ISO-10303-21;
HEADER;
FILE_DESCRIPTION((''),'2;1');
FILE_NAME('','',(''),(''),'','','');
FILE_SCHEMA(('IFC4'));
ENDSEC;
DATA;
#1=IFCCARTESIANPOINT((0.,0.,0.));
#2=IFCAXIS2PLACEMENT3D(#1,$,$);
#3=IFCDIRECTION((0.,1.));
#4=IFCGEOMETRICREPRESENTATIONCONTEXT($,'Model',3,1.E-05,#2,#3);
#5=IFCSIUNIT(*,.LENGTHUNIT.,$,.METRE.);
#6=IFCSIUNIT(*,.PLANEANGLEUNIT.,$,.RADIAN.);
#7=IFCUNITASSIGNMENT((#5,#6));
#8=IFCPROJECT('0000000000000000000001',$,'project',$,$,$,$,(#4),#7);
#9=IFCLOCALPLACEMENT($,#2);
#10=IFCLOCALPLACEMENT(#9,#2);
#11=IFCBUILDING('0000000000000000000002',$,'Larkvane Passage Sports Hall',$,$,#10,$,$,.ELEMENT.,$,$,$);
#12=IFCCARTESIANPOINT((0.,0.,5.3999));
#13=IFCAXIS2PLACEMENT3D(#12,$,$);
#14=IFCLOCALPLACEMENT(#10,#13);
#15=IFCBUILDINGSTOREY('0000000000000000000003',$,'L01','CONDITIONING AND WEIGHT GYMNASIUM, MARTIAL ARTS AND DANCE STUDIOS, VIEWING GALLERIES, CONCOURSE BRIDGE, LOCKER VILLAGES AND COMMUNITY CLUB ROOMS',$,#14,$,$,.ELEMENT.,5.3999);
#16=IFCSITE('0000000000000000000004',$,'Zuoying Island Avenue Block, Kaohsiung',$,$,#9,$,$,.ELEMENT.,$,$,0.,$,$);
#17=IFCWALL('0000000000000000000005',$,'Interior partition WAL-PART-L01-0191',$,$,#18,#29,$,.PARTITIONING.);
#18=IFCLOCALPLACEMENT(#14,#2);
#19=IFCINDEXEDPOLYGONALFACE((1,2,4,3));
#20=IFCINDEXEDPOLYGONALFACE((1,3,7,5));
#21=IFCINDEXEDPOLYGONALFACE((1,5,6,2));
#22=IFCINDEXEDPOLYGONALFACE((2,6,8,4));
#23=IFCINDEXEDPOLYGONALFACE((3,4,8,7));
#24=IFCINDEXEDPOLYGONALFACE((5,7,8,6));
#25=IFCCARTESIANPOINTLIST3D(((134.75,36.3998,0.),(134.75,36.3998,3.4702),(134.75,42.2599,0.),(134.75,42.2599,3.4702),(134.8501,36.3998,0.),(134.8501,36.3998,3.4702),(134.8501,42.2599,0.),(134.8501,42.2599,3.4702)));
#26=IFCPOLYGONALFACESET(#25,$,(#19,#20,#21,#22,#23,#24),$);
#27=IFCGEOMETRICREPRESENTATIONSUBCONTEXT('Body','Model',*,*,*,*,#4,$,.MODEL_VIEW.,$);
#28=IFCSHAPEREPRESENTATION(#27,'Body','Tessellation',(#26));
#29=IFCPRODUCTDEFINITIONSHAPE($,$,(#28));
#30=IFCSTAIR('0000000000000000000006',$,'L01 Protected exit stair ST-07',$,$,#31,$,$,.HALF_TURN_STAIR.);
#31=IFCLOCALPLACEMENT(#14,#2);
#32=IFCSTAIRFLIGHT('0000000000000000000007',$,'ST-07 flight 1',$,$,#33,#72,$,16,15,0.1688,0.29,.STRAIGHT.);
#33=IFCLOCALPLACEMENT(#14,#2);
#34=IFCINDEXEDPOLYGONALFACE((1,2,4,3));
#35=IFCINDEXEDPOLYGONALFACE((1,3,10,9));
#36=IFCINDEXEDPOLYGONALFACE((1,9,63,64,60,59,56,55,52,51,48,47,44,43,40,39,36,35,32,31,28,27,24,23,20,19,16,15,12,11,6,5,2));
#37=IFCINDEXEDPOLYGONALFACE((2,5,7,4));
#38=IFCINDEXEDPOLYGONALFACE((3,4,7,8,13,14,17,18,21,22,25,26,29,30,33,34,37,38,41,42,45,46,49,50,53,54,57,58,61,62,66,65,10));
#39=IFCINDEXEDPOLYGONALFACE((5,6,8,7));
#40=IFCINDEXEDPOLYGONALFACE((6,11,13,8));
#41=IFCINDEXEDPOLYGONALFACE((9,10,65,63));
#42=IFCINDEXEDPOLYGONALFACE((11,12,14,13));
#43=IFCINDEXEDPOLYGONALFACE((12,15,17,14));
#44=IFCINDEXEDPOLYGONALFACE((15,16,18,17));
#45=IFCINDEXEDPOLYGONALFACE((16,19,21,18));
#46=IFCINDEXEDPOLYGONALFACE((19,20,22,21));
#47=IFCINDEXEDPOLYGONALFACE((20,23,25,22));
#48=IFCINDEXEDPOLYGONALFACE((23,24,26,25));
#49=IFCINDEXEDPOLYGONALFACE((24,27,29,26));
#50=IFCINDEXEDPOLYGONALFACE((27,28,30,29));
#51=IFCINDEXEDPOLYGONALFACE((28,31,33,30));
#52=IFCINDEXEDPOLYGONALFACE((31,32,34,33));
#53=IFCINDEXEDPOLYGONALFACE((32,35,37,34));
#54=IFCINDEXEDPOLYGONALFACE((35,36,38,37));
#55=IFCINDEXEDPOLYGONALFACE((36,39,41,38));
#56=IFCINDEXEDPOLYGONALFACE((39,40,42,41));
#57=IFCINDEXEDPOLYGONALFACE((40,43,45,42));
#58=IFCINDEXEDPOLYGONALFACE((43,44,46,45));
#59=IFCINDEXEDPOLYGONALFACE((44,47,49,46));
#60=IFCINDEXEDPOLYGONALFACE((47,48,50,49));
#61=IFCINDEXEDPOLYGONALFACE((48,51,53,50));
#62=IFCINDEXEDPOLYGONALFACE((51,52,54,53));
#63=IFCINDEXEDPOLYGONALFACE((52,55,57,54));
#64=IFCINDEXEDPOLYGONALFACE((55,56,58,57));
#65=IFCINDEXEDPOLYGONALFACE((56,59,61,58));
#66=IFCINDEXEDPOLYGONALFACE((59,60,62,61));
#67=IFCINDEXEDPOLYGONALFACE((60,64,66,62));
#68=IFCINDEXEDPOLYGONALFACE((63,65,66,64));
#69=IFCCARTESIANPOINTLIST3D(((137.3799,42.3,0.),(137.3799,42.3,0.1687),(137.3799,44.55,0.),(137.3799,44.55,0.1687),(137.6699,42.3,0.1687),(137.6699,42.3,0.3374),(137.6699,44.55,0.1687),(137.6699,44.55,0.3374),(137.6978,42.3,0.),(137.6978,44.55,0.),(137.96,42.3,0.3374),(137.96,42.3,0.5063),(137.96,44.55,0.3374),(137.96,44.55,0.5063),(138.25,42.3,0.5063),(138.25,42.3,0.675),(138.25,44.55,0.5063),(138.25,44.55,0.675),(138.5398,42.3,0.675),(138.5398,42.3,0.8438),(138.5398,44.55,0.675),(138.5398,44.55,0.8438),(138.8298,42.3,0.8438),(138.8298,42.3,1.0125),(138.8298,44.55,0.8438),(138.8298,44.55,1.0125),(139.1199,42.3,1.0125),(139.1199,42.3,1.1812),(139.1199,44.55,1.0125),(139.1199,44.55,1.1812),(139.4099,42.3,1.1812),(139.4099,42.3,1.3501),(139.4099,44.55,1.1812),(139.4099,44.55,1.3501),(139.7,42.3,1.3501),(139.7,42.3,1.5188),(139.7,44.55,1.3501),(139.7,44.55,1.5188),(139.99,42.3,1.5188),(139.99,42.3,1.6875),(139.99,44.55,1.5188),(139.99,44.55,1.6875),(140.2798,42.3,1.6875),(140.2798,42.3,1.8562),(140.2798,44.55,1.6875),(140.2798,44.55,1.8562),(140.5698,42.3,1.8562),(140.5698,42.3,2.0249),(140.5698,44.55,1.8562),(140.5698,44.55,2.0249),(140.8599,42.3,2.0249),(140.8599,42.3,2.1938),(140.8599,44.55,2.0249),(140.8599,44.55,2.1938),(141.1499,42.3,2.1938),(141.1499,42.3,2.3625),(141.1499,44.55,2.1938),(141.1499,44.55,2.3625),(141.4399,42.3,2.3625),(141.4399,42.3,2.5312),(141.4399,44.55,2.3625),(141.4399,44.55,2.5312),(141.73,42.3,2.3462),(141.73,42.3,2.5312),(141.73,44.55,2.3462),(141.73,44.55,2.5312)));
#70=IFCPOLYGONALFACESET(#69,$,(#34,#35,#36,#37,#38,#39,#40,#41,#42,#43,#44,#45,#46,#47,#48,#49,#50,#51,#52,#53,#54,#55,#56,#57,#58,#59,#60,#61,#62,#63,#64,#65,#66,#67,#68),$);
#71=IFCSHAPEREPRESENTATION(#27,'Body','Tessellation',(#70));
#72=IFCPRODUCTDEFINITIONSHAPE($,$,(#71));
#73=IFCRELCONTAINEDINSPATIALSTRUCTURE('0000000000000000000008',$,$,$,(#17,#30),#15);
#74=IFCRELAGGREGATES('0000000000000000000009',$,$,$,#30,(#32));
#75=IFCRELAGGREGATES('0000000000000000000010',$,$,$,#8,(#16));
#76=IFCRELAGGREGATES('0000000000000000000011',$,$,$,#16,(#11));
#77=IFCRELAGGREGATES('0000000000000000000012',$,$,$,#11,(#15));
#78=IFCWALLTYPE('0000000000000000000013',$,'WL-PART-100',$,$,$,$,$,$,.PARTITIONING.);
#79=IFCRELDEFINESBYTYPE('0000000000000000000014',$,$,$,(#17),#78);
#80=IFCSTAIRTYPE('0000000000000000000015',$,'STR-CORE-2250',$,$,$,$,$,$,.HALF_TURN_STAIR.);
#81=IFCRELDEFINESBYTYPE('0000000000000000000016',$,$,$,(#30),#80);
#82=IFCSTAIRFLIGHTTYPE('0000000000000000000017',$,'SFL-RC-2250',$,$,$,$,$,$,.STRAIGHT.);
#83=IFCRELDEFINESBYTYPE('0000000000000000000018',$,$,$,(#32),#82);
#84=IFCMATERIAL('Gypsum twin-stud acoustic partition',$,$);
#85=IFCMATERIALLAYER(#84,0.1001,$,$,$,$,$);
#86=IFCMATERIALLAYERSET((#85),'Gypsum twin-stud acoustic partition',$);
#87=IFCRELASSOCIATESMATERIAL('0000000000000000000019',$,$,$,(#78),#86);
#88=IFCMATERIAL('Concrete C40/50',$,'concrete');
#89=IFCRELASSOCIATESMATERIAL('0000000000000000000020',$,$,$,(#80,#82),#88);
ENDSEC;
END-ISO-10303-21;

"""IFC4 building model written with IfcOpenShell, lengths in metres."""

from ifc_helpers import new_model, si_unit, direction, frame, frame_2d, origin, place, context, subcontext, project, spatial, polyline, rectangle, outline, extrude, material, layer, layer_set, type_object, element, aggregate, save


model = new_model("IFC4")

# Units and contexts
model_context = context("Model", 3, precision=1e-05, world=origin(), true_north=direction((0.0, 1.0)))
body_context = subcontext(model_context, "Body", "Model", "MODEL_VIEW")
ifc_project = project(units=[si_unit("LENGTHUNIT", "METRE"), si_unit("PLANEANGLEUNIT", "RADIAN")], contexts=[model_context])

# Site, building, storey
site_placement = place(None, origin())
site = spatial("IfcSite", under=ifc_project, at=site_placement, Name="Zuoying Island Avenue Block, Kaohsiung", CompositionType="ELEMENT", RefElevation=0.0)
building_placement = place(site_placement, origin())
building = spatial("IfcBuilding", under=site, at=building_placement, Name="Larkvane Passage Sports Hall", CompositionType="ELEMENT")
storey_placement = place(building_placement, frame((0.0, 0.0, 5.3999)))
storey = spatial("IfcBuildingStorey", under=building, at=storey_placement, Name="L01", Description="CONDITIONING AND WEIGHT GYMNASIUM, MARTIAL ARTS AND DANCE STUDIOS, VIEWING GALLERIES, CONCOURSE BRIDGE, LOCKER VILLAGES AND COMMUNITY CLUB ROOMS", CompositionType="ELEMENT", Elevation=5.3999)

# Wall
ifc_material_1 = material(Name="Gypsum twin-stud acoustic partition")
ifc_layer_1 = layer(ifc_material_1, 0.1001)
ifc_layer_set_1 = layer_set([ifc_layer_1], Name="Gypsum twin-stud acoustic partition")
wall_type_1 = type_object("IfcWallType", Name="WL-PART-100", PredefinedType="PARTITIONING", material=ifc_layer_set_1)
wall_1_placement = place(storey_placement, frame((134.8, 42.26, 0.0), z_axis=(0.0, 0.0, 1.0), x_axis=(0.0, -1.0, 0.0)))
element("IfcWall", 1, at=wall_1_placement, inside=storey, type_object=wall_type_1, Name="Interior partition WAL-PART-L01-0191", PredefinedType="PARTITIONING", context=body_context, shape_type="SweptSolid", body=[
    extrude(rectangle(XDim=5.8601, YDim=0.1001, at=frame_2d((2.9302, 0.0))), origin(), (0.0, 0.0, 1.0), 3.4702),
])

# Stair, stair flight
ifc_material_2 = material(Name="Concrete C40/50", Category="concrete")
stair_type = type_object("IfcStairType", Name="STR-CORE-2250", PredefinedType="HALF_TURN_STAIR", material=ifc_material_2)
stair_placement = place(storey_placement, origin())
stair = element("IfcStair", 2, at=stair_placement, inside=storey, type_object=stair_type, Name="L01 Protected exit stair ST-07", PredefinedType="HALF_TURN_STAIR")
stair_flight_type = type_object("IfcStairFlightType", Name="SFL-RC-2250", PredefinedType="STRAIGHT", material=ifc_material_2)
stair_flight_placement = place(storey_placement, frame((137.3799, 43.425, 0.0), z_axis=(0.0, 0.0, 1.0), x_axis=(1.0, 0.0, 0.0)))
stair_flight = element("IfcStairFlight", 3, at=stair_flight_placement, type_object=stair_flight_type, Name="ST-07 flight 1", NumberOfRisers=16, NumberOfTreads=15, PredefinedType="STRAIGHT", RiserHeight=0.1688, TreadLength=0.29, context=body_context, shape_type="SweptSolid", body=[
    extrude(outline(polyline([(0.0, 0.0), (0.0, 0.1687), (0.29, 0.1687), (0.29, 0.3374), (0.5801, 0.3374), (0.5801, 0.5063), (0.8701, 0.5063), (0.8701, 0.675), (1.1599, 0.675), (1.1599, 0.8438), (1.45, 0.8438), (1.45, 1.0125), (1.74, 1.0125), (1.74, 1.1812), (2.03, 1.1812), (2.03, 1.3501), (2.3201, 1.3501), (2.3201, 1.5188), (2.6101, 1.5188), (2.6101, 1.6875), (2.8999, 1.6875), (2.8999, 1.8562), (3.1899, 1.8562), (3.1899, 2.0249), (3.48, 2.0249), (3.48, 2.1938), (3.77, 2.1938), (3.77, 2.3625), (4.0601, 2.3625), (4.0601, 2.5312), (4.3501, 2.5312), (4.3501, 2.7), (4.3501, 2.3462), (0.3179, 0.0), (0.0, 0.0)])), frame((0.0, 1.125, 0.0), z_axis=(0.0, -1.0, 0.0), x_axis=(1.0, 0.0, 0.0)), (0.0, 0.0, 1.0), 2.25),
])
aggregate(stair, [stair_flight])

save(model, "model.ifc")
